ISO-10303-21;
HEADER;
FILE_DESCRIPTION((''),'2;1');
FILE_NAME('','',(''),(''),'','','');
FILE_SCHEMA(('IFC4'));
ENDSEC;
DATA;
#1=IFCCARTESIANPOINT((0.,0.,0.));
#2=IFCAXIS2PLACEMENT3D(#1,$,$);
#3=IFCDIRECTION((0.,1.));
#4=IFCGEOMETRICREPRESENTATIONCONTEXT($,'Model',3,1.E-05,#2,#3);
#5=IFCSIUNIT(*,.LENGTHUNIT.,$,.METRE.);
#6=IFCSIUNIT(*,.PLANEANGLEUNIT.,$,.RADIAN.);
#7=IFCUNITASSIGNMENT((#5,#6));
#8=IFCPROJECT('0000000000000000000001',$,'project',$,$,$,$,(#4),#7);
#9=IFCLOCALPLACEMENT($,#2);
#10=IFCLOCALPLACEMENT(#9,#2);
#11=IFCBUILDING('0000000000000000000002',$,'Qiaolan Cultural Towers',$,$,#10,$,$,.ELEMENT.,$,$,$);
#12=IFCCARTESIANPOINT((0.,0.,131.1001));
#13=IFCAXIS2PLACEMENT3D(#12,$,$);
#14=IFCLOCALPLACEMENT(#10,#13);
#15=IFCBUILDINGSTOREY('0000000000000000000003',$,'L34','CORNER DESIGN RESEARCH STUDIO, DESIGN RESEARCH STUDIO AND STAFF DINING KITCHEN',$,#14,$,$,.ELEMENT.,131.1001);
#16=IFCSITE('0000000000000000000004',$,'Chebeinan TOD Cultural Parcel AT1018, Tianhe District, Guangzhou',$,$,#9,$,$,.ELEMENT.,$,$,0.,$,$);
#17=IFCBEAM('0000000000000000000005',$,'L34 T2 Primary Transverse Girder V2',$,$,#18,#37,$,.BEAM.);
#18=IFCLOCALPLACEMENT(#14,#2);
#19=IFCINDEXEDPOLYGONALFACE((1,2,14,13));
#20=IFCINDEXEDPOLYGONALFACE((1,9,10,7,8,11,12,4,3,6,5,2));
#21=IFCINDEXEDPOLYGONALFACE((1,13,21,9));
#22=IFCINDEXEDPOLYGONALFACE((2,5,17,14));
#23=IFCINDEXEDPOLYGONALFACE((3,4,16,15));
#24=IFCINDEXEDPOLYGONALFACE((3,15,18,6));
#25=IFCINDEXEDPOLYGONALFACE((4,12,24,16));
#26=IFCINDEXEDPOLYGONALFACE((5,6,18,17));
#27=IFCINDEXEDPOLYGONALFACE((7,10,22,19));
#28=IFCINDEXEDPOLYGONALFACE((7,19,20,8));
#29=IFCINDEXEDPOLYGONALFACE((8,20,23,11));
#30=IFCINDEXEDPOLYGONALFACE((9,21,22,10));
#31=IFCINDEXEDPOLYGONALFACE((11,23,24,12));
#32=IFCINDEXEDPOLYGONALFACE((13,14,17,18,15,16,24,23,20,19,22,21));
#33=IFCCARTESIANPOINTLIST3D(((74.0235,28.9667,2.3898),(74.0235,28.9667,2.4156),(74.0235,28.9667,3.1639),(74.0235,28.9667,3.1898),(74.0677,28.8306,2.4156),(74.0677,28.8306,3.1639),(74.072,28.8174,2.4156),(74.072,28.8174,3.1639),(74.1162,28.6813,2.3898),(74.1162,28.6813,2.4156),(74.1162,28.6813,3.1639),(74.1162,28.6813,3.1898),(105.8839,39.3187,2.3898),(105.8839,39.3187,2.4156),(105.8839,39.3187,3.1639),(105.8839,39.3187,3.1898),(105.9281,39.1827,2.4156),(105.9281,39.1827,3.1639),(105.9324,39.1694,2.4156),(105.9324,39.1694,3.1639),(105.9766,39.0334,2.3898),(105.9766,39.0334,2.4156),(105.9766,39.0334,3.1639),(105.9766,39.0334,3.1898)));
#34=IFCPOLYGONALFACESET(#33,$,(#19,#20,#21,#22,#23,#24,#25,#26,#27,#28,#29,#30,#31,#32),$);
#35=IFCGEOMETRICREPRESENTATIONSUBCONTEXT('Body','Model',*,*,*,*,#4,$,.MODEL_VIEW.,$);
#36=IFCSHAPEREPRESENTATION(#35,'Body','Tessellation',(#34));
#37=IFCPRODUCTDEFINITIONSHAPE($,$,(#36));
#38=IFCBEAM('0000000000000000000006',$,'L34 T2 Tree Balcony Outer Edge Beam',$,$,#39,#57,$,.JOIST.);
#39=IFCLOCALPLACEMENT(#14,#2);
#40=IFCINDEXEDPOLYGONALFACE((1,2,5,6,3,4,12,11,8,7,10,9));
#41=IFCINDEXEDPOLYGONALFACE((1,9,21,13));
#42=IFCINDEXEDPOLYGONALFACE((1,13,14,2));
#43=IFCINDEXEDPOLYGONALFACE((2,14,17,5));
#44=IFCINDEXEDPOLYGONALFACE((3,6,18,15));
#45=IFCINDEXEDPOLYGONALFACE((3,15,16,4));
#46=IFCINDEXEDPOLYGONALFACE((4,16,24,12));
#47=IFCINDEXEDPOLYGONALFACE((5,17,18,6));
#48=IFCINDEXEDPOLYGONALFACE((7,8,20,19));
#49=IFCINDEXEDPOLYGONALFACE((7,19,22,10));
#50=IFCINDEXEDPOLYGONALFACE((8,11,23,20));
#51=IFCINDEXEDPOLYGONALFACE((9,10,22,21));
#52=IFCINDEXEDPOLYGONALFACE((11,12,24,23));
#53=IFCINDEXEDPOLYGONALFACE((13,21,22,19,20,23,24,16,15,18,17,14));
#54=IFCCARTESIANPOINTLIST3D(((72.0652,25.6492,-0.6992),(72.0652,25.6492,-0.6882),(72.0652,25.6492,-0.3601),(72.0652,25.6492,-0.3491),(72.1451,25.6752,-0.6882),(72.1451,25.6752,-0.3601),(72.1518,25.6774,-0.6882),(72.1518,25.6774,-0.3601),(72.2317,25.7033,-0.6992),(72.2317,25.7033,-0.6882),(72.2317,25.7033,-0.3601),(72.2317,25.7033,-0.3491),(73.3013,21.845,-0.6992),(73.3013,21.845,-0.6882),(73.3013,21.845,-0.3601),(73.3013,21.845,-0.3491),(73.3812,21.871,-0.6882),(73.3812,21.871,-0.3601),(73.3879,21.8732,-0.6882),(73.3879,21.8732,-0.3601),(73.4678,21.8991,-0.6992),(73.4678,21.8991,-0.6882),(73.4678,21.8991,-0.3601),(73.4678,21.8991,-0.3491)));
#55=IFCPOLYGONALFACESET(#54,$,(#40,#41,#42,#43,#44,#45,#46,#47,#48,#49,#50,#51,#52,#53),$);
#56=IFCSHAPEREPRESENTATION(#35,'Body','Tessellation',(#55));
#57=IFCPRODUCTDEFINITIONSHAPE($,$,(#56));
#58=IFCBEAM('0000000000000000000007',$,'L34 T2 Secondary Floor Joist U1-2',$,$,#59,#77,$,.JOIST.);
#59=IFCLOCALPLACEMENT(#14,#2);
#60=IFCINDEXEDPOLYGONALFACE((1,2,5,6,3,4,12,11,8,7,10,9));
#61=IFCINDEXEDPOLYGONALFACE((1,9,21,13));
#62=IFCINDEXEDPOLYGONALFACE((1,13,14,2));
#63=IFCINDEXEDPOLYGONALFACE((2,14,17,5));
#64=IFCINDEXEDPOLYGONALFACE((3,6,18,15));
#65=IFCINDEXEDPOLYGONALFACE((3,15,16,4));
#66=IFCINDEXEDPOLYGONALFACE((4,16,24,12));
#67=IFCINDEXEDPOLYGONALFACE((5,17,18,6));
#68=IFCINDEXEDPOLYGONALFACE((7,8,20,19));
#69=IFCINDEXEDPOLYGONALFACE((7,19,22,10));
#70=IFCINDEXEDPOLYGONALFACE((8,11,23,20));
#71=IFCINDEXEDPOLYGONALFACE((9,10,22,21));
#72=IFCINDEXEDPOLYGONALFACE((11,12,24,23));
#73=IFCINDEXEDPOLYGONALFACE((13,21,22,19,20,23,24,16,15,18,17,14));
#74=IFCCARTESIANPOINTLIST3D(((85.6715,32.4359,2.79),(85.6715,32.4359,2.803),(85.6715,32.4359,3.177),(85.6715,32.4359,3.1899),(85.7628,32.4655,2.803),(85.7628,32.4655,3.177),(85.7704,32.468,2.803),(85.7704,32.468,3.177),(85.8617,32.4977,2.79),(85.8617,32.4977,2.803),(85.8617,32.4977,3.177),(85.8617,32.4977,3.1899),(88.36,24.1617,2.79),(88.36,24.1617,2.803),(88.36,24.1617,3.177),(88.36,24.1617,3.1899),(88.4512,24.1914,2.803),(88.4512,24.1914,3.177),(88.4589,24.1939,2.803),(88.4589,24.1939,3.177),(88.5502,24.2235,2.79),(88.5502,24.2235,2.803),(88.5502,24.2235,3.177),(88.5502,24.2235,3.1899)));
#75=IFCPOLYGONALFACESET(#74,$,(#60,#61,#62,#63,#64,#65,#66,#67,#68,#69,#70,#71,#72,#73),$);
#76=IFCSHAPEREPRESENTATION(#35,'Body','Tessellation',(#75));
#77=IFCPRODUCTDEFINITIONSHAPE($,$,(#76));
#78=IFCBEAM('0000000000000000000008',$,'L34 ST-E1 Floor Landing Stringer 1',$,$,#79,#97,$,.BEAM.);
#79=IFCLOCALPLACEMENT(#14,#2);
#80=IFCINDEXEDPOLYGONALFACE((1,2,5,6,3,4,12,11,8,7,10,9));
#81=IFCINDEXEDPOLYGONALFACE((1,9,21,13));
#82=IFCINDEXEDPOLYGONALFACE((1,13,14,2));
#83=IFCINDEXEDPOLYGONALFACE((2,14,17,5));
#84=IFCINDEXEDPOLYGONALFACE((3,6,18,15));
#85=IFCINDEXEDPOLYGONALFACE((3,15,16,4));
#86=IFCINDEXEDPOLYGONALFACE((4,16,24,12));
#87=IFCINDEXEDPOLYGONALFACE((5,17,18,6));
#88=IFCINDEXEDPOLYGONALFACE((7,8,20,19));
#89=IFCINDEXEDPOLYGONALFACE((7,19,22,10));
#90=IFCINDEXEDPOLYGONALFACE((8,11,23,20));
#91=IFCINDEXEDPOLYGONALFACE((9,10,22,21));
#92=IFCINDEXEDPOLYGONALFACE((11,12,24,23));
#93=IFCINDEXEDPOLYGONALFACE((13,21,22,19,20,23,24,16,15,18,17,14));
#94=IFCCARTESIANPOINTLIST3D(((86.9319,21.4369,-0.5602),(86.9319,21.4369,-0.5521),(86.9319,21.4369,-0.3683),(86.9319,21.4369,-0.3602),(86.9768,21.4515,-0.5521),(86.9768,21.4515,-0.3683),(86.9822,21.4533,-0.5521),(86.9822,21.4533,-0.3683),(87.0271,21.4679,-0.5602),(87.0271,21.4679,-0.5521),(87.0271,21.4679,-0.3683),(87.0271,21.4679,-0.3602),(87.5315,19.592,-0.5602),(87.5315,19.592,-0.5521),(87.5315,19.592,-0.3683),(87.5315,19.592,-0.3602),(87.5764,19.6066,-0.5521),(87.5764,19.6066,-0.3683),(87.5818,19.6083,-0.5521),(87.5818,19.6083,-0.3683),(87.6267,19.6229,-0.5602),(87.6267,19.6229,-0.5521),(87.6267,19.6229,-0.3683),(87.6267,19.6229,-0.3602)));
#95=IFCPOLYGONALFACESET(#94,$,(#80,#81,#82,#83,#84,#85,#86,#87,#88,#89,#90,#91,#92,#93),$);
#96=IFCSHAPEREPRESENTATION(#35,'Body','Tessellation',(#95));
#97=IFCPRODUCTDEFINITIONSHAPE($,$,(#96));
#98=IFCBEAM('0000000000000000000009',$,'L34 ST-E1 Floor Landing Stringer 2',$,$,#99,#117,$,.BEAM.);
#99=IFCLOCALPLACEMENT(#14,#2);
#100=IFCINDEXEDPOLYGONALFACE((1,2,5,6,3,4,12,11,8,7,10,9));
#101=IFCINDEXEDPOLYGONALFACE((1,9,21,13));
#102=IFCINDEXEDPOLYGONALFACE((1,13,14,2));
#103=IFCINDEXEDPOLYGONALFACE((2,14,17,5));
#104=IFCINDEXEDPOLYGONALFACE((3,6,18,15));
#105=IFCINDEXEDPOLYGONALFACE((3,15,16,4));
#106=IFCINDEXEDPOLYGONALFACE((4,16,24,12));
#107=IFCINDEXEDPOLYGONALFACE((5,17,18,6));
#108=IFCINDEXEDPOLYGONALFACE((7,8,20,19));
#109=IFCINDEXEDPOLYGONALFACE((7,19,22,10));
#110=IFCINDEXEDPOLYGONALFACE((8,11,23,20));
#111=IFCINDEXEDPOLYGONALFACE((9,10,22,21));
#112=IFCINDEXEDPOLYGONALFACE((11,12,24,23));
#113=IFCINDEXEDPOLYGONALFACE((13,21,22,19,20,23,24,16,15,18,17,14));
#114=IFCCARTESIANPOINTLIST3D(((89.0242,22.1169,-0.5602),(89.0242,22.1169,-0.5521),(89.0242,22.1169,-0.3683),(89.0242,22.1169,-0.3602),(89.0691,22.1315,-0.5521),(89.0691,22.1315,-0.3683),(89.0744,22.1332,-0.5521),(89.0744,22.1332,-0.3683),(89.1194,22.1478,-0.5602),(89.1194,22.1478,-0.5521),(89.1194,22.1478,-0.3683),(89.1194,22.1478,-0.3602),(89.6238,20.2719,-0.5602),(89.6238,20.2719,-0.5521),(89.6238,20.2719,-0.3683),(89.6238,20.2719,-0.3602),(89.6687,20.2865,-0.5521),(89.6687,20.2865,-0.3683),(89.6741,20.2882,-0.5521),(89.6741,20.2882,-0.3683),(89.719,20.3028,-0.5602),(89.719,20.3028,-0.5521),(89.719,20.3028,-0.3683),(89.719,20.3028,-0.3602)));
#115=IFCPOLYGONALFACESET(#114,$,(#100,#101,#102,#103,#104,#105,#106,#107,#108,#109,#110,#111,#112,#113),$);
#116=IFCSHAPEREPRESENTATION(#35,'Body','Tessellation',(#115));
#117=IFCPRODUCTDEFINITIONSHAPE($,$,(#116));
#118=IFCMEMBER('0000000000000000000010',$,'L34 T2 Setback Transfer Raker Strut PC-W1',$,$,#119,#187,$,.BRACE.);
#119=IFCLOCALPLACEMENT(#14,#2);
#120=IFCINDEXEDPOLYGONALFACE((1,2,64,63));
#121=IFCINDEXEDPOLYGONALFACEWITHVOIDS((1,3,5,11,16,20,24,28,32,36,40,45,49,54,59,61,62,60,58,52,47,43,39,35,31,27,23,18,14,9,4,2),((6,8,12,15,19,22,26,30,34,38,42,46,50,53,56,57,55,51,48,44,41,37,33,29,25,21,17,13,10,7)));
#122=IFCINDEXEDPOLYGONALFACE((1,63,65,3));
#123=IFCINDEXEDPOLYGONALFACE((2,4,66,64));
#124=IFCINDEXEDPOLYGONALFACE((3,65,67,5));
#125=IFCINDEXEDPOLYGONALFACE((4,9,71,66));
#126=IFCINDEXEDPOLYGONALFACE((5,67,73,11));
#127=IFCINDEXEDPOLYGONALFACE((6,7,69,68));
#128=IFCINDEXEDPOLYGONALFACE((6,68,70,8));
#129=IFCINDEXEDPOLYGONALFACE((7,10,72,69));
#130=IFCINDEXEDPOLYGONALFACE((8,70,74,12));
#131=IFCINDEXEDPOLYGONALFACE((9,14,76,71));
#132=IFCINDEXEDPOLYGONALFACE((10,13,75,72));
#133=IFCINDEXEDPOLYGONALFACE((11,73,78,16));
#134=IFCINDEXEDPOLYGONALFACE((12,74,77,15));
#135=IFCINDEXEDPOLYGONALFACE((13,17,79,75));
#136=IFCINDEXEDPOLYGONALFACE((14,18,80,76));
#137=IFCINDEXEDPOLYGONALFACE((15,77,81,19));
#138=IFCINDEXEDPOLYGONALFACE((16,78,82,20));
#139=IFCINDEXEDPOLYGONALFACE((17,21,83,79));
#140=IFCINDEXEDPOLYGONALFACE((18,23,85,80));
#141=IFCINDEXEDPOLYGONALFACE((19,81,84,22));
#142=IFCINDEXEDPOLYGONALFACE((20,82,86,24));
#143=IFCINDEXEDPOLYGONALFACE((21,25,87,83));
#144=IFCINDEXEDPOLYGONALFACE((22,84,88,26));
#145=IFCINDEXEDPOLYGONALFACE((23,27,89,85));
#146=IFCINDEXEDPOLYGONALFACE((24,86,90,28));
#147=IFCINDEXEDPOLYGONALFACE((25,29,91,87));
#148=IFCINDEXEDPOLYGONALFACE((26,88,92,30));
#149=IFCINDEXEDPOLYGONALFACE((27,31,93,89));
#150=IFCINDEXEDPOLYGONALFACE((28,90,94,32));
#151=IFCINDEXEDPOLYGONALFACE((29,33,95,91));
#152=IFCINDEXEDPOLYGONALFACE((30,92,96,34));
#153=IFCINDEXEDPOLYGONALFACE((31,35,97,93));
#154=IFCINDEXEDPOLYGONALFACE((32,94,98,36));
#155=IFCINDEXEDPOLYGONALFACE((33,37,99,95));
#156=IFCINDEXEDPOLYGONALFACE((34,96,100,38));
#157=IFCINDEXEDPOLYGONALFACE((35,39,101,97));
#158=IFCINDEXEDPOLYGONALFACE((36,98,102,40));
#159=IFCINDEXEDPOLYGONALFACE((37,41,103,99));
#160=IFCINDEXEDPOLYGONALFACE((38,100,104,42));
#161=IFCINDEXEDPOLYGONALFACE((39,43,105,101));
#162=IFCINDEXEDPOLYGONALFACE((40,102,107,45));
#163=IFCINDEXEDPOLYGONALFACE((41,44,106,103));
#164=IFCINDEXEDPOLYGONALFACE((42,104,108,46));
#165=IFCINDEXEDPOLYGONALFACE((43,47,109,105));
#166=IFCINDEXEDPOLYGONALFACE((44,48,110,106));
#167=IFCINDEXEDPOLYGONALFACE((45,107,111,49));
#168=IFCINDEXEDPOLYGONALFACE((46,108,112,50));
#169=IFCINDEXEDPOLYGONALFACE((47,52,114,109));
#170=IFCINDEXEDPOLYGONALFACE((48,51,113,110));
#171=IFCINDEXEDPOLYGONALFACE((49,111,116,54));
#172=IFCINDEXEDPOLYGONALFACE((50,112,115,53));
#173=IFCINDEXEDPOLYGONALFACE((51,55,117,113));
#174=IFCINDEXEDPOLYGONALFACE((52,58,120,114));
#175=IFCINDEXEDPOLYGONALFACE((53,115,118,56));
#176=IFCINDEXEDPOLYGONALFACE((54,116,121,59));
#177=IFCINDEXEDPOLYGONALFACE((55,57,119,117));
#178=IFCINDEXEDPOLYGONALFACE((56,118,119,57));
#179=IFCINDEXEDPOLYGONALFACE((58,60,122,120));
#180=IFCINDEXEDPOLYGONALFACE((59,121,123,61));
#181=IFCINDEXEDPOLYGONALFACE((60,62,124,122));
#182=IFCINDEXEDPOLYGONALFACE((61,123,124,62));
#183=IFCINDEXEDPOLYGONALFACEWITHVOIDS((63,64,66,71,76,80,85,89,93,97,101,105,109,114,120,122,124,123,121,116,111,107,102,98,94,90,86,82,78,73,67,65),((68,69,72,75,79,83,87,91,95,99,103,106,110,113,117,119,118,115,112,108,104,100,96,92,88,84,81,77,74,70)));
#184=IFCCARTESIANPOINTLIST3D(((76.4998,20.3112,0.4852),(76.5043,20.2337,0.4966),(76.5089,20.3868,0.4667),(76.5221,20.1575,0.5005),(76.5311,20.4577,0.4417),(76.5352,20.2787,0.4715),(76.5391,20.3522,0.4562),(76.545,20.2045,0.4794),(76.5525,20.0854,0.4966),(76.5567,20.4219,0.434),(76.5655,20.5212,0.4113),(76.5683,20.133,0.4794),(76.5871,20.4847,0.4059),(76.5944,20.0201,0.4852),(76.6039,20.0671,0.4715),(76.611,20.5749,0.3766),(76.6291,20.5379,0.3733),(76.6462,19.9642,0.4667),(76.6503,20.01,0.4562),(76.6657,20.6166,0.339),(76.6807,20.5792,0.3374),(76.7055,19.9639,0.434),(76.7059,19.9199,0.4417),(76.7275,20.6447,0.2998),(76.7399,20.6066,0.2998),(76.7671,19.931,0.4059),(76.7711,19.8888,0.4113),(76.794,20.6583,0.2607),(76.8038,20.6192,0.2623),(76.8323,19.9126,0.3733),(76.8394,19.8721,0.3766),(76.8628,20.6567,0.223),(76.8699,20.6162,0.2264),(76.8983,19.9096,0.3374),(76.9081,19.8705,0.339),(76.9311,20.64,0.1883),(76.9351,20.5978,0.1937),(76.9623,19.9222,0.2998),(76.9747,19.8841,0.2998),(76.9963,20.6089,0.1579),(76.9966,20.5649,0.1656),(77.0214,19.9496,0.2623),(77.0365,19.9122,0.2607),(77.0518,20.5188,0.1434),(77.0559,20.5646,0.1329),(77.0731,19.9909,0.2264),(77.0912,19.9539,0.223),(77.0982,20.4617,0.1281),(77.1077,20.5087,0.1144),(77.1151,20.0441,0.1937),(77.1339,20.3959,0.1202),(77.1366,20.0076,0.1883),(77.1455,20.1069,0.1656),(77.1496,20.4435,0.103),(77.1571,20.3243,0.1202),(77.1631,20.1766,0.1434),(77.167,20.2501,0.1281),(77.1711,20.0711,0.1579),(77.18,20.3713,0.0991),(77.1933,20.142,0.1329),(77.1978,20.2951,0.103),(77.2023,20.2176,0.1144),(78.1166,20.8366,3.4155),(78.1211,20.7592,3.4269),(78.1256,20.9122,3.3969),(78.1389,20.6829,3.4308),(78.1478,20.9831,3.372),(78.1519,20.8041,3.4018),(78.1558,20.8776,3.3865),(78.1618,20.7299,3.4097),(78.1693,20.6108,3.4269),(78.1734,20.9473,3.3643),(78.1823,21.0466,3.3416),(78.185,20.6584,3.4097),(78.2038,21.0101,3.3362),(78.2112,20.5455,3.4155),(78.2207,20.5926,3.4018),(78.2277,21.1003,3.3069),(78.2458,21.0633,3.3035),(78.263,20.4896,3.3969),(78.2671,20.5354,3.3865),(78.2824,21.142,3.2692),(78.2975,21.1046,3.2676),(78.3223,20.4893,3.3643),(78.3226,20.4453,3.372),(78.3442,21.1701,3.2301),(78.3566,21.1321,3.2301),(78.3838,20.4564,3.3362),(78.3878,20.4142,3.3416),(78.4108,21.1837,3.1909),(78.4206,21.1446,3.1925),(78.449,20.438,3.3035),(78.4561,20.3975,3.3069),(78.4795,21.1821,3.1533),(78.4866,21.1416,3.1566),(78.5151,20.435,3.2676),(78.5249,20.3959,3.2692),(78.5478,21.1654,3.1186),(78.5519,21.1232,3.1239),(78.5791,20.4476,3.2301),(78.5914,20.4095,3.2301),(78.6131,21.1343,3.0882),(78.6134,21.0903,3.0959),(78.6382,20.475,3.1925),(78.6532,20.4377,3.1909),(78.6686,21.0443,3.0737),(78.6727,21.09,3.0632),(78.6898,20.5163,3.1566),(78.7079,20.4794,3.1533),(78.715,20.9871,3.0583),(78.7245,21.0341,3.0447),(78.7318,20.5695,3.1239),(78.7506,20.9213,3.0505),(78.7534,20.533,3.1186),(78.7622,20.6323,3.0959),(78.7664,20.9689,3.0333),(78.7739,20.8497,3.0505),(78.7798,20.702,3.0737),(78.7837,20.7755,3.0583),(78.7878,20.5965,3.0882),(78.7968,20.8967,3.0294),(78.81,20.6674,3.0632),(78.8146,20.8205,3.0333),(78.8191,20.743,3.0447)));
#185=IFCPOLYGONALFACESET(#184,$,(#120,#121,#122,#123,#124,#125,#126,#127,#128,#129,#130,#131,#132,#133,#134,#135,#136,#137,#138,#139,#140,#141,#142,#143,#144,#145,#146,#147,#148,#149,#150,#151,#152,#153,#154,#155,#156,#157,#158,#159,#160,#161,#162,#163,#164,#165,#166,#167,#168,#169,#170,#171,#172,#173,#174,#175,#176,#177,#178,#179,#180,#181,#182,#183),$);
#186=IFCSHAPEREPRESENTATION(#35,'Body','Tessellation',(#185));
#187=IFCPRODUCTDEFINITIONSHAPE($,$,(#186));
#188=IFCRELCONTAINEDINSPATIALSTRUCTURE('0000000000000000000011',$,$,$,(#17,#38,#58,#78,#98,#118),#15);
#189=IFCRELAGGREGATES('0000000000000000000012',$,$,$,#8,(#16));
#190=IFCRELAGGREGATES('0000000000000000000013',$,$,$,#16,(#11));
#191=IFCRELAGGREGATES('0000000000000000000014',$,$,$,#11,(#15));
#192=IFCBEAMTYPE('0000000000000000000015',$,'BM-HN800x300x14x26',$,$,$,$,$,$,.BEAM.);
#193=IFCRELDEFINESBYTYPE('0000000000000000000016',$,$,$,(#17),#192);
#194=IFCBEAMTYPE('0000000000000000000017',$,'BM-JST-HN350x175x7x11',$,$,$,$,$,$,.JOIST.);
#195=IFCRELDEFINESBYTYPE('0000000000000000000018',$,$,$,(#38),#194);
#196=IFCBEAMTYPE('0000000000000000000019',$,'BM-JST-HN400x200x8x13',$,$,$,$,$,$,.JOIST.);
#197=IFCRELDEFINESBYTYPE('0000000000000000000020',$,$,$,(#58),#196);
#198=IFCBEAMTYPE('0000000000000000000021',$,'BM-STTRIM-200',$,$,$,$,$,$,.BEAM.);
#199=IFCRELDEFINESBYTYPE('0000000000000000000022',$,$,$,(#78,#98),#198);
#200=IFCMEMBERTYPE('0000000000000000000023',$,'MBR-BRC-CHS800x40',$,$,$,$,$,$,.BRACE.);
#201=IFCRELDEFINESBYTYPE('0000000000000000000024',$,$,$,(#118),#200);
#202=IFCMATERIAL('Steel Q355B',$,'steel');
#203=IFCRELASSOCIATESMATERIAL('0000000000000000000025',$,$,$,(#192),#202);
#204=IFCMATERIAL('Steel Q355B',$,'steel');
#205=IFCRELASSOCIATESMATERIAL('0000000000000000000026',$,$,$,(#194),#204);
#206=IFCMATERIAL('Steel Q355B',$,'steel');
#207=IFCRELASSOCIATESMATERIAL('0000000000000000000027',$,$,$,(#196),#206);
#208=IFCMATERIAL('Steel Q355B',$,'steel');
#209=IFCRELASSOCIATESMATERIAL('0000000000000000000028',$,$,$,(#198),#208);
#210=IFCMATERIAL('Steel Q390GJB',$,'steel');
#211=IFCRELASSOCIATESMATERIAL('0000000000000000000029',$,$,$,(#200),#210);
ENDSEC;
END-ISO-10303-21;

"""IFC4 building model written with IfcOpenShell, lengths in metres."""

from ifc_helpers import new_model, si_unit, direction, frame, origin, origin_2d, place, context, subcontext, project, spatial, hollow_circle, i_section, extrude, material, material_profile, profile_set, type_object, element, save


model = new_model("IFC4")

# Units and contexts
model_context = context("Model", 3, precision=1e-05, world=origin(), true_north=direction((0.0, 1.0)))
body_context = subcontext(model_context, "Body", "Model", "MODEL_VIEW")
ifc_project = project(units=[si_unit("LENGTHUNIT", "METRE"), si_unit("PLANEANGLEUNIT", "RADIAN")], contexts=[model_context])

# Site, building, storey
site_placement = place(None, origin())
site = spatial("IfcSite", under=ifc_project, at=site_placement, Name="Chebeinan TOD Cultural Parcel AT1018, Tianhe District, Guangzhou", CompositionType="ELEMENT", RefElevation=0.0)
building_placement = place(site_placement, origin())
building = spatial("IfcBuilding", under=site, at=building_placement, Name="Qiaolan Cultural Towers", CompositionType="ELEMENT")
storey_placement = place(building_placement, frame((0.0, 0.0, 131.1001)))
storey = spatial("IfcBuildingStorey", under=building, at=storey_placement, Name="L34", Description="CORNER DESIGN RESEARCH STUDIO, DESIGN RESEARCH STUDIO AND STAFF DINING KITCHEN", CompositionType="ELEMENT", Elevation=131.1001)

# Beams
ifc_material_1 = material(Name="Steel Q355B", Category="steel")
ifc_material_profile_1 = material_profile(ifc_material_1, i_section(OverallWidth=0.3, OverallDepth=0.8, WebThickness=0.0139, FlangeThickness=0.0259, at=origin_2d()), Name="HN800x300x14x26")
ifc_profile_set_1 = profile_set([ifc_material_profile_1], Name="Steel Q355B")
beam_type_1 = type_object("IfcBeamType", Name="BM-HN800x300x14x26", PredefinedType="BEAM", material=ifc_profile_set_1)
for number, where, z_axis, x_axis, name in (
    (1, (74.0698, 28.824, 2.7898), (0.951057, 0.309017, 0.0), (-0.309017, 0.951057, 0.0), "L34 T2 Primary Transverse Girder V2"),
):
    element("IfcBeam", number, at=place(storey_placement, frame(where, z_axis=z_axis, x_axis=x_axis)), inside=storey, type_object=beam_type_1, Name=name, PredefinedType="BEAM", context=body_context, shape_type="SweptSolid", body=[
        extrude(i_section(OverallWidth=0.3, OverallDepth=0.8, WebThickness=0.0139, FlangeThickness=0.0259, at=origin_2d()), origin(), (0.0, 0.0, 1.0), 33.5),
    ])
ifc_material_2 = material(Name="Steel Q355B", Category="steel")
ifc_material_profile_2 = material_profile(ifc_material_2, i_section(OverallWidth=0.175, OverallDepth=0.3501, WebThickness=0.0071, FlangeThickness=0.011, at=origin_2d()), Name="HN350x175x7x11")
ifc_profile_set_2 = profile_set([ifc_material_profile_2], Name="Steel Q355B")
beam_type_2 = type_object("IfcBeamType", Name="BM-JST-HN350x175x7x11", PredefinedType="JOIST", material=ifc_profile_set_2)
beam_1_placement = place(storey_placement, frame((73.3845, 21.8721, -0.5242), z_axis=(-0.309023, 0.951055, 0.0), x_axis=(-0.951055, -0.309023, 0.0)))
element("IfcBeam", 2, at=beam_1_placement, inside=storey, type_object=beam_type_2, Name="L34 T2 Tree Balcony Outer Edge Beam", PredefinedType="JOIST", context=body_context, shape_type="SweptSolid", body=[
    extrude(i_section(OverallWidth=0.175, OverallDepth=0.3501, WebThickness=0.0071, FlangeThickness=0.011, at=origin_2d()), origin(), (0.0, 0.0, 1.0), 4.0),
])
ifc_material_3 = material(Name="Steel Q355B", Category="steel")
ifc_material_profile_3 = material_profile(ifc_material_3, i_section(OverallWidth=0.2, OverallDepth=0.3999, WebThickness=0.0081, FlangeThickness=0.0129, at=origin_2d()), Name="HN400x200x8x13")
ifc_profile_set_3 = profile_set([ifc_material_profile_3], Name="Steel Q355B")
beam_type_3 = type_object("IfcBeamType", Name="BM-JST-HN400x200x8x13", PredefinedType="JOIST", material=ifc_profile_set_3)
beam_2_placement = place(storey_placement, frame((88.4551, 24.1926, 2.99), z_axis=(-0.309021, 0.951055, 0.0), x_axis=(-0.951055, -0.309021, 0.0)))
element("IfcBeam", 3, at=beam_2_placement, inside=storey, type_object=beam_type_3, Name="L34 T2 Secondary Floor Joist U1-2", PredefinedType="JOIST", context=body_context, shape_type="SweptSolid", body=[
    extrude(i_section(OverallWidth=0.2, OverallDepth=0.3999, WebThickness=0.0081, FlangeThickness=0.0129, at=origin_2d()), origin(), (0.0, 0.0, 1.0), 8.7),
])
ifc_material_4 = material(Name="Steel Q355B", Category="steel")
ifc_material_profile_4 = material_profile(ifc_material_4, i_section(OverallWidth=0.1001, OverallDepth=0.2, WebThickness=0.0056, FlangeThickness=0.0081, at=origin_2d()), Name="HN200x100x5.5x8")
ifc_profile_set_4 = profile_set([ifc_material_profile_4], Name="Steel Q355B")
beam_type_4 = type_object("IfcBeamType", Name="BM-STTRIM-200", PredefinedType="BEAM", material=ifc_profile_set_4)
for number, where, z_axis, x_axis, name in (
    (4, (86.9795, 21.4524, -0.4602), (0.309083, -0.951035, 0.0), (0.951035, 0.309083, 0.0), "L34 ST-E1 Floor Landing Stringer 1"),
    (5, (89.0718, 22.1323, -0.4602), (0.309083, -0.951035, 0.0), (0.951035, 0.309083, 0.0), "L34 ST-E1 Floor Landing Stringer 2"),
):
    element("IfcBeam", number, at=place(storey_placement, frame(where, z_axis=z_axis, x_axis=x_axis)), inside=storey, type_object=beam_type_4, Name=name, PredefinedType="BEAM", context=body_context, shape_type="SweptSolid", body=[
        extrude(i_section(OverallWidth=0.1001, OverallDepth=0.2, WebThickness=0.0056, FlangeThickness=0.0081, at=origin_2d()), origin(), (0.0, 0.0, 1.0), 1.9399),
    ])

# Member
ifc_material_5 = material(Name="Steel Q390GJB", Category="steel")
ifc_material_profile_5 = material_profile(ifc_material_5, hollow_circle(Radius=0.3999, WallThickness=0.04, at=origin_2d()), Name="CHS800x40")
ifc_profile_set_5 = profile_set([ifc_material_profile_5], Name="Steel Q390GJB")
member_type = type_object("IfcMemberType", Name="MBR-BRC-CHS800x40", PredefinedType="BRACE", material=ifc_profile_set_5)
for number, where, z_axis, x_axis, name in (
    (6, (76.8511, 20.2644, 0.2998), (0.477243, 0.155093, 0.864977), (-0.309067, 0.95104, 0.0), "L34 T2 Setback Transfer Raker Strut PC-W1"),
):
    element("IfcMember", number, at=place(storey_placement, frame(where, z_axis=z_axis, x_axis=x_axis)), inside=storey, type_object=member_type, Name=name, PredefinedType="BRACE", context=body_context, shape_type="SweptSolid", body=[
        extrude(hollow_circle(Radius=0.3999, WallThickness=0.04, at=origin_2d()), origin(), (0.0, 0.0, 1.0), 3.3877),
    ])

save(model, "model.ifc")
